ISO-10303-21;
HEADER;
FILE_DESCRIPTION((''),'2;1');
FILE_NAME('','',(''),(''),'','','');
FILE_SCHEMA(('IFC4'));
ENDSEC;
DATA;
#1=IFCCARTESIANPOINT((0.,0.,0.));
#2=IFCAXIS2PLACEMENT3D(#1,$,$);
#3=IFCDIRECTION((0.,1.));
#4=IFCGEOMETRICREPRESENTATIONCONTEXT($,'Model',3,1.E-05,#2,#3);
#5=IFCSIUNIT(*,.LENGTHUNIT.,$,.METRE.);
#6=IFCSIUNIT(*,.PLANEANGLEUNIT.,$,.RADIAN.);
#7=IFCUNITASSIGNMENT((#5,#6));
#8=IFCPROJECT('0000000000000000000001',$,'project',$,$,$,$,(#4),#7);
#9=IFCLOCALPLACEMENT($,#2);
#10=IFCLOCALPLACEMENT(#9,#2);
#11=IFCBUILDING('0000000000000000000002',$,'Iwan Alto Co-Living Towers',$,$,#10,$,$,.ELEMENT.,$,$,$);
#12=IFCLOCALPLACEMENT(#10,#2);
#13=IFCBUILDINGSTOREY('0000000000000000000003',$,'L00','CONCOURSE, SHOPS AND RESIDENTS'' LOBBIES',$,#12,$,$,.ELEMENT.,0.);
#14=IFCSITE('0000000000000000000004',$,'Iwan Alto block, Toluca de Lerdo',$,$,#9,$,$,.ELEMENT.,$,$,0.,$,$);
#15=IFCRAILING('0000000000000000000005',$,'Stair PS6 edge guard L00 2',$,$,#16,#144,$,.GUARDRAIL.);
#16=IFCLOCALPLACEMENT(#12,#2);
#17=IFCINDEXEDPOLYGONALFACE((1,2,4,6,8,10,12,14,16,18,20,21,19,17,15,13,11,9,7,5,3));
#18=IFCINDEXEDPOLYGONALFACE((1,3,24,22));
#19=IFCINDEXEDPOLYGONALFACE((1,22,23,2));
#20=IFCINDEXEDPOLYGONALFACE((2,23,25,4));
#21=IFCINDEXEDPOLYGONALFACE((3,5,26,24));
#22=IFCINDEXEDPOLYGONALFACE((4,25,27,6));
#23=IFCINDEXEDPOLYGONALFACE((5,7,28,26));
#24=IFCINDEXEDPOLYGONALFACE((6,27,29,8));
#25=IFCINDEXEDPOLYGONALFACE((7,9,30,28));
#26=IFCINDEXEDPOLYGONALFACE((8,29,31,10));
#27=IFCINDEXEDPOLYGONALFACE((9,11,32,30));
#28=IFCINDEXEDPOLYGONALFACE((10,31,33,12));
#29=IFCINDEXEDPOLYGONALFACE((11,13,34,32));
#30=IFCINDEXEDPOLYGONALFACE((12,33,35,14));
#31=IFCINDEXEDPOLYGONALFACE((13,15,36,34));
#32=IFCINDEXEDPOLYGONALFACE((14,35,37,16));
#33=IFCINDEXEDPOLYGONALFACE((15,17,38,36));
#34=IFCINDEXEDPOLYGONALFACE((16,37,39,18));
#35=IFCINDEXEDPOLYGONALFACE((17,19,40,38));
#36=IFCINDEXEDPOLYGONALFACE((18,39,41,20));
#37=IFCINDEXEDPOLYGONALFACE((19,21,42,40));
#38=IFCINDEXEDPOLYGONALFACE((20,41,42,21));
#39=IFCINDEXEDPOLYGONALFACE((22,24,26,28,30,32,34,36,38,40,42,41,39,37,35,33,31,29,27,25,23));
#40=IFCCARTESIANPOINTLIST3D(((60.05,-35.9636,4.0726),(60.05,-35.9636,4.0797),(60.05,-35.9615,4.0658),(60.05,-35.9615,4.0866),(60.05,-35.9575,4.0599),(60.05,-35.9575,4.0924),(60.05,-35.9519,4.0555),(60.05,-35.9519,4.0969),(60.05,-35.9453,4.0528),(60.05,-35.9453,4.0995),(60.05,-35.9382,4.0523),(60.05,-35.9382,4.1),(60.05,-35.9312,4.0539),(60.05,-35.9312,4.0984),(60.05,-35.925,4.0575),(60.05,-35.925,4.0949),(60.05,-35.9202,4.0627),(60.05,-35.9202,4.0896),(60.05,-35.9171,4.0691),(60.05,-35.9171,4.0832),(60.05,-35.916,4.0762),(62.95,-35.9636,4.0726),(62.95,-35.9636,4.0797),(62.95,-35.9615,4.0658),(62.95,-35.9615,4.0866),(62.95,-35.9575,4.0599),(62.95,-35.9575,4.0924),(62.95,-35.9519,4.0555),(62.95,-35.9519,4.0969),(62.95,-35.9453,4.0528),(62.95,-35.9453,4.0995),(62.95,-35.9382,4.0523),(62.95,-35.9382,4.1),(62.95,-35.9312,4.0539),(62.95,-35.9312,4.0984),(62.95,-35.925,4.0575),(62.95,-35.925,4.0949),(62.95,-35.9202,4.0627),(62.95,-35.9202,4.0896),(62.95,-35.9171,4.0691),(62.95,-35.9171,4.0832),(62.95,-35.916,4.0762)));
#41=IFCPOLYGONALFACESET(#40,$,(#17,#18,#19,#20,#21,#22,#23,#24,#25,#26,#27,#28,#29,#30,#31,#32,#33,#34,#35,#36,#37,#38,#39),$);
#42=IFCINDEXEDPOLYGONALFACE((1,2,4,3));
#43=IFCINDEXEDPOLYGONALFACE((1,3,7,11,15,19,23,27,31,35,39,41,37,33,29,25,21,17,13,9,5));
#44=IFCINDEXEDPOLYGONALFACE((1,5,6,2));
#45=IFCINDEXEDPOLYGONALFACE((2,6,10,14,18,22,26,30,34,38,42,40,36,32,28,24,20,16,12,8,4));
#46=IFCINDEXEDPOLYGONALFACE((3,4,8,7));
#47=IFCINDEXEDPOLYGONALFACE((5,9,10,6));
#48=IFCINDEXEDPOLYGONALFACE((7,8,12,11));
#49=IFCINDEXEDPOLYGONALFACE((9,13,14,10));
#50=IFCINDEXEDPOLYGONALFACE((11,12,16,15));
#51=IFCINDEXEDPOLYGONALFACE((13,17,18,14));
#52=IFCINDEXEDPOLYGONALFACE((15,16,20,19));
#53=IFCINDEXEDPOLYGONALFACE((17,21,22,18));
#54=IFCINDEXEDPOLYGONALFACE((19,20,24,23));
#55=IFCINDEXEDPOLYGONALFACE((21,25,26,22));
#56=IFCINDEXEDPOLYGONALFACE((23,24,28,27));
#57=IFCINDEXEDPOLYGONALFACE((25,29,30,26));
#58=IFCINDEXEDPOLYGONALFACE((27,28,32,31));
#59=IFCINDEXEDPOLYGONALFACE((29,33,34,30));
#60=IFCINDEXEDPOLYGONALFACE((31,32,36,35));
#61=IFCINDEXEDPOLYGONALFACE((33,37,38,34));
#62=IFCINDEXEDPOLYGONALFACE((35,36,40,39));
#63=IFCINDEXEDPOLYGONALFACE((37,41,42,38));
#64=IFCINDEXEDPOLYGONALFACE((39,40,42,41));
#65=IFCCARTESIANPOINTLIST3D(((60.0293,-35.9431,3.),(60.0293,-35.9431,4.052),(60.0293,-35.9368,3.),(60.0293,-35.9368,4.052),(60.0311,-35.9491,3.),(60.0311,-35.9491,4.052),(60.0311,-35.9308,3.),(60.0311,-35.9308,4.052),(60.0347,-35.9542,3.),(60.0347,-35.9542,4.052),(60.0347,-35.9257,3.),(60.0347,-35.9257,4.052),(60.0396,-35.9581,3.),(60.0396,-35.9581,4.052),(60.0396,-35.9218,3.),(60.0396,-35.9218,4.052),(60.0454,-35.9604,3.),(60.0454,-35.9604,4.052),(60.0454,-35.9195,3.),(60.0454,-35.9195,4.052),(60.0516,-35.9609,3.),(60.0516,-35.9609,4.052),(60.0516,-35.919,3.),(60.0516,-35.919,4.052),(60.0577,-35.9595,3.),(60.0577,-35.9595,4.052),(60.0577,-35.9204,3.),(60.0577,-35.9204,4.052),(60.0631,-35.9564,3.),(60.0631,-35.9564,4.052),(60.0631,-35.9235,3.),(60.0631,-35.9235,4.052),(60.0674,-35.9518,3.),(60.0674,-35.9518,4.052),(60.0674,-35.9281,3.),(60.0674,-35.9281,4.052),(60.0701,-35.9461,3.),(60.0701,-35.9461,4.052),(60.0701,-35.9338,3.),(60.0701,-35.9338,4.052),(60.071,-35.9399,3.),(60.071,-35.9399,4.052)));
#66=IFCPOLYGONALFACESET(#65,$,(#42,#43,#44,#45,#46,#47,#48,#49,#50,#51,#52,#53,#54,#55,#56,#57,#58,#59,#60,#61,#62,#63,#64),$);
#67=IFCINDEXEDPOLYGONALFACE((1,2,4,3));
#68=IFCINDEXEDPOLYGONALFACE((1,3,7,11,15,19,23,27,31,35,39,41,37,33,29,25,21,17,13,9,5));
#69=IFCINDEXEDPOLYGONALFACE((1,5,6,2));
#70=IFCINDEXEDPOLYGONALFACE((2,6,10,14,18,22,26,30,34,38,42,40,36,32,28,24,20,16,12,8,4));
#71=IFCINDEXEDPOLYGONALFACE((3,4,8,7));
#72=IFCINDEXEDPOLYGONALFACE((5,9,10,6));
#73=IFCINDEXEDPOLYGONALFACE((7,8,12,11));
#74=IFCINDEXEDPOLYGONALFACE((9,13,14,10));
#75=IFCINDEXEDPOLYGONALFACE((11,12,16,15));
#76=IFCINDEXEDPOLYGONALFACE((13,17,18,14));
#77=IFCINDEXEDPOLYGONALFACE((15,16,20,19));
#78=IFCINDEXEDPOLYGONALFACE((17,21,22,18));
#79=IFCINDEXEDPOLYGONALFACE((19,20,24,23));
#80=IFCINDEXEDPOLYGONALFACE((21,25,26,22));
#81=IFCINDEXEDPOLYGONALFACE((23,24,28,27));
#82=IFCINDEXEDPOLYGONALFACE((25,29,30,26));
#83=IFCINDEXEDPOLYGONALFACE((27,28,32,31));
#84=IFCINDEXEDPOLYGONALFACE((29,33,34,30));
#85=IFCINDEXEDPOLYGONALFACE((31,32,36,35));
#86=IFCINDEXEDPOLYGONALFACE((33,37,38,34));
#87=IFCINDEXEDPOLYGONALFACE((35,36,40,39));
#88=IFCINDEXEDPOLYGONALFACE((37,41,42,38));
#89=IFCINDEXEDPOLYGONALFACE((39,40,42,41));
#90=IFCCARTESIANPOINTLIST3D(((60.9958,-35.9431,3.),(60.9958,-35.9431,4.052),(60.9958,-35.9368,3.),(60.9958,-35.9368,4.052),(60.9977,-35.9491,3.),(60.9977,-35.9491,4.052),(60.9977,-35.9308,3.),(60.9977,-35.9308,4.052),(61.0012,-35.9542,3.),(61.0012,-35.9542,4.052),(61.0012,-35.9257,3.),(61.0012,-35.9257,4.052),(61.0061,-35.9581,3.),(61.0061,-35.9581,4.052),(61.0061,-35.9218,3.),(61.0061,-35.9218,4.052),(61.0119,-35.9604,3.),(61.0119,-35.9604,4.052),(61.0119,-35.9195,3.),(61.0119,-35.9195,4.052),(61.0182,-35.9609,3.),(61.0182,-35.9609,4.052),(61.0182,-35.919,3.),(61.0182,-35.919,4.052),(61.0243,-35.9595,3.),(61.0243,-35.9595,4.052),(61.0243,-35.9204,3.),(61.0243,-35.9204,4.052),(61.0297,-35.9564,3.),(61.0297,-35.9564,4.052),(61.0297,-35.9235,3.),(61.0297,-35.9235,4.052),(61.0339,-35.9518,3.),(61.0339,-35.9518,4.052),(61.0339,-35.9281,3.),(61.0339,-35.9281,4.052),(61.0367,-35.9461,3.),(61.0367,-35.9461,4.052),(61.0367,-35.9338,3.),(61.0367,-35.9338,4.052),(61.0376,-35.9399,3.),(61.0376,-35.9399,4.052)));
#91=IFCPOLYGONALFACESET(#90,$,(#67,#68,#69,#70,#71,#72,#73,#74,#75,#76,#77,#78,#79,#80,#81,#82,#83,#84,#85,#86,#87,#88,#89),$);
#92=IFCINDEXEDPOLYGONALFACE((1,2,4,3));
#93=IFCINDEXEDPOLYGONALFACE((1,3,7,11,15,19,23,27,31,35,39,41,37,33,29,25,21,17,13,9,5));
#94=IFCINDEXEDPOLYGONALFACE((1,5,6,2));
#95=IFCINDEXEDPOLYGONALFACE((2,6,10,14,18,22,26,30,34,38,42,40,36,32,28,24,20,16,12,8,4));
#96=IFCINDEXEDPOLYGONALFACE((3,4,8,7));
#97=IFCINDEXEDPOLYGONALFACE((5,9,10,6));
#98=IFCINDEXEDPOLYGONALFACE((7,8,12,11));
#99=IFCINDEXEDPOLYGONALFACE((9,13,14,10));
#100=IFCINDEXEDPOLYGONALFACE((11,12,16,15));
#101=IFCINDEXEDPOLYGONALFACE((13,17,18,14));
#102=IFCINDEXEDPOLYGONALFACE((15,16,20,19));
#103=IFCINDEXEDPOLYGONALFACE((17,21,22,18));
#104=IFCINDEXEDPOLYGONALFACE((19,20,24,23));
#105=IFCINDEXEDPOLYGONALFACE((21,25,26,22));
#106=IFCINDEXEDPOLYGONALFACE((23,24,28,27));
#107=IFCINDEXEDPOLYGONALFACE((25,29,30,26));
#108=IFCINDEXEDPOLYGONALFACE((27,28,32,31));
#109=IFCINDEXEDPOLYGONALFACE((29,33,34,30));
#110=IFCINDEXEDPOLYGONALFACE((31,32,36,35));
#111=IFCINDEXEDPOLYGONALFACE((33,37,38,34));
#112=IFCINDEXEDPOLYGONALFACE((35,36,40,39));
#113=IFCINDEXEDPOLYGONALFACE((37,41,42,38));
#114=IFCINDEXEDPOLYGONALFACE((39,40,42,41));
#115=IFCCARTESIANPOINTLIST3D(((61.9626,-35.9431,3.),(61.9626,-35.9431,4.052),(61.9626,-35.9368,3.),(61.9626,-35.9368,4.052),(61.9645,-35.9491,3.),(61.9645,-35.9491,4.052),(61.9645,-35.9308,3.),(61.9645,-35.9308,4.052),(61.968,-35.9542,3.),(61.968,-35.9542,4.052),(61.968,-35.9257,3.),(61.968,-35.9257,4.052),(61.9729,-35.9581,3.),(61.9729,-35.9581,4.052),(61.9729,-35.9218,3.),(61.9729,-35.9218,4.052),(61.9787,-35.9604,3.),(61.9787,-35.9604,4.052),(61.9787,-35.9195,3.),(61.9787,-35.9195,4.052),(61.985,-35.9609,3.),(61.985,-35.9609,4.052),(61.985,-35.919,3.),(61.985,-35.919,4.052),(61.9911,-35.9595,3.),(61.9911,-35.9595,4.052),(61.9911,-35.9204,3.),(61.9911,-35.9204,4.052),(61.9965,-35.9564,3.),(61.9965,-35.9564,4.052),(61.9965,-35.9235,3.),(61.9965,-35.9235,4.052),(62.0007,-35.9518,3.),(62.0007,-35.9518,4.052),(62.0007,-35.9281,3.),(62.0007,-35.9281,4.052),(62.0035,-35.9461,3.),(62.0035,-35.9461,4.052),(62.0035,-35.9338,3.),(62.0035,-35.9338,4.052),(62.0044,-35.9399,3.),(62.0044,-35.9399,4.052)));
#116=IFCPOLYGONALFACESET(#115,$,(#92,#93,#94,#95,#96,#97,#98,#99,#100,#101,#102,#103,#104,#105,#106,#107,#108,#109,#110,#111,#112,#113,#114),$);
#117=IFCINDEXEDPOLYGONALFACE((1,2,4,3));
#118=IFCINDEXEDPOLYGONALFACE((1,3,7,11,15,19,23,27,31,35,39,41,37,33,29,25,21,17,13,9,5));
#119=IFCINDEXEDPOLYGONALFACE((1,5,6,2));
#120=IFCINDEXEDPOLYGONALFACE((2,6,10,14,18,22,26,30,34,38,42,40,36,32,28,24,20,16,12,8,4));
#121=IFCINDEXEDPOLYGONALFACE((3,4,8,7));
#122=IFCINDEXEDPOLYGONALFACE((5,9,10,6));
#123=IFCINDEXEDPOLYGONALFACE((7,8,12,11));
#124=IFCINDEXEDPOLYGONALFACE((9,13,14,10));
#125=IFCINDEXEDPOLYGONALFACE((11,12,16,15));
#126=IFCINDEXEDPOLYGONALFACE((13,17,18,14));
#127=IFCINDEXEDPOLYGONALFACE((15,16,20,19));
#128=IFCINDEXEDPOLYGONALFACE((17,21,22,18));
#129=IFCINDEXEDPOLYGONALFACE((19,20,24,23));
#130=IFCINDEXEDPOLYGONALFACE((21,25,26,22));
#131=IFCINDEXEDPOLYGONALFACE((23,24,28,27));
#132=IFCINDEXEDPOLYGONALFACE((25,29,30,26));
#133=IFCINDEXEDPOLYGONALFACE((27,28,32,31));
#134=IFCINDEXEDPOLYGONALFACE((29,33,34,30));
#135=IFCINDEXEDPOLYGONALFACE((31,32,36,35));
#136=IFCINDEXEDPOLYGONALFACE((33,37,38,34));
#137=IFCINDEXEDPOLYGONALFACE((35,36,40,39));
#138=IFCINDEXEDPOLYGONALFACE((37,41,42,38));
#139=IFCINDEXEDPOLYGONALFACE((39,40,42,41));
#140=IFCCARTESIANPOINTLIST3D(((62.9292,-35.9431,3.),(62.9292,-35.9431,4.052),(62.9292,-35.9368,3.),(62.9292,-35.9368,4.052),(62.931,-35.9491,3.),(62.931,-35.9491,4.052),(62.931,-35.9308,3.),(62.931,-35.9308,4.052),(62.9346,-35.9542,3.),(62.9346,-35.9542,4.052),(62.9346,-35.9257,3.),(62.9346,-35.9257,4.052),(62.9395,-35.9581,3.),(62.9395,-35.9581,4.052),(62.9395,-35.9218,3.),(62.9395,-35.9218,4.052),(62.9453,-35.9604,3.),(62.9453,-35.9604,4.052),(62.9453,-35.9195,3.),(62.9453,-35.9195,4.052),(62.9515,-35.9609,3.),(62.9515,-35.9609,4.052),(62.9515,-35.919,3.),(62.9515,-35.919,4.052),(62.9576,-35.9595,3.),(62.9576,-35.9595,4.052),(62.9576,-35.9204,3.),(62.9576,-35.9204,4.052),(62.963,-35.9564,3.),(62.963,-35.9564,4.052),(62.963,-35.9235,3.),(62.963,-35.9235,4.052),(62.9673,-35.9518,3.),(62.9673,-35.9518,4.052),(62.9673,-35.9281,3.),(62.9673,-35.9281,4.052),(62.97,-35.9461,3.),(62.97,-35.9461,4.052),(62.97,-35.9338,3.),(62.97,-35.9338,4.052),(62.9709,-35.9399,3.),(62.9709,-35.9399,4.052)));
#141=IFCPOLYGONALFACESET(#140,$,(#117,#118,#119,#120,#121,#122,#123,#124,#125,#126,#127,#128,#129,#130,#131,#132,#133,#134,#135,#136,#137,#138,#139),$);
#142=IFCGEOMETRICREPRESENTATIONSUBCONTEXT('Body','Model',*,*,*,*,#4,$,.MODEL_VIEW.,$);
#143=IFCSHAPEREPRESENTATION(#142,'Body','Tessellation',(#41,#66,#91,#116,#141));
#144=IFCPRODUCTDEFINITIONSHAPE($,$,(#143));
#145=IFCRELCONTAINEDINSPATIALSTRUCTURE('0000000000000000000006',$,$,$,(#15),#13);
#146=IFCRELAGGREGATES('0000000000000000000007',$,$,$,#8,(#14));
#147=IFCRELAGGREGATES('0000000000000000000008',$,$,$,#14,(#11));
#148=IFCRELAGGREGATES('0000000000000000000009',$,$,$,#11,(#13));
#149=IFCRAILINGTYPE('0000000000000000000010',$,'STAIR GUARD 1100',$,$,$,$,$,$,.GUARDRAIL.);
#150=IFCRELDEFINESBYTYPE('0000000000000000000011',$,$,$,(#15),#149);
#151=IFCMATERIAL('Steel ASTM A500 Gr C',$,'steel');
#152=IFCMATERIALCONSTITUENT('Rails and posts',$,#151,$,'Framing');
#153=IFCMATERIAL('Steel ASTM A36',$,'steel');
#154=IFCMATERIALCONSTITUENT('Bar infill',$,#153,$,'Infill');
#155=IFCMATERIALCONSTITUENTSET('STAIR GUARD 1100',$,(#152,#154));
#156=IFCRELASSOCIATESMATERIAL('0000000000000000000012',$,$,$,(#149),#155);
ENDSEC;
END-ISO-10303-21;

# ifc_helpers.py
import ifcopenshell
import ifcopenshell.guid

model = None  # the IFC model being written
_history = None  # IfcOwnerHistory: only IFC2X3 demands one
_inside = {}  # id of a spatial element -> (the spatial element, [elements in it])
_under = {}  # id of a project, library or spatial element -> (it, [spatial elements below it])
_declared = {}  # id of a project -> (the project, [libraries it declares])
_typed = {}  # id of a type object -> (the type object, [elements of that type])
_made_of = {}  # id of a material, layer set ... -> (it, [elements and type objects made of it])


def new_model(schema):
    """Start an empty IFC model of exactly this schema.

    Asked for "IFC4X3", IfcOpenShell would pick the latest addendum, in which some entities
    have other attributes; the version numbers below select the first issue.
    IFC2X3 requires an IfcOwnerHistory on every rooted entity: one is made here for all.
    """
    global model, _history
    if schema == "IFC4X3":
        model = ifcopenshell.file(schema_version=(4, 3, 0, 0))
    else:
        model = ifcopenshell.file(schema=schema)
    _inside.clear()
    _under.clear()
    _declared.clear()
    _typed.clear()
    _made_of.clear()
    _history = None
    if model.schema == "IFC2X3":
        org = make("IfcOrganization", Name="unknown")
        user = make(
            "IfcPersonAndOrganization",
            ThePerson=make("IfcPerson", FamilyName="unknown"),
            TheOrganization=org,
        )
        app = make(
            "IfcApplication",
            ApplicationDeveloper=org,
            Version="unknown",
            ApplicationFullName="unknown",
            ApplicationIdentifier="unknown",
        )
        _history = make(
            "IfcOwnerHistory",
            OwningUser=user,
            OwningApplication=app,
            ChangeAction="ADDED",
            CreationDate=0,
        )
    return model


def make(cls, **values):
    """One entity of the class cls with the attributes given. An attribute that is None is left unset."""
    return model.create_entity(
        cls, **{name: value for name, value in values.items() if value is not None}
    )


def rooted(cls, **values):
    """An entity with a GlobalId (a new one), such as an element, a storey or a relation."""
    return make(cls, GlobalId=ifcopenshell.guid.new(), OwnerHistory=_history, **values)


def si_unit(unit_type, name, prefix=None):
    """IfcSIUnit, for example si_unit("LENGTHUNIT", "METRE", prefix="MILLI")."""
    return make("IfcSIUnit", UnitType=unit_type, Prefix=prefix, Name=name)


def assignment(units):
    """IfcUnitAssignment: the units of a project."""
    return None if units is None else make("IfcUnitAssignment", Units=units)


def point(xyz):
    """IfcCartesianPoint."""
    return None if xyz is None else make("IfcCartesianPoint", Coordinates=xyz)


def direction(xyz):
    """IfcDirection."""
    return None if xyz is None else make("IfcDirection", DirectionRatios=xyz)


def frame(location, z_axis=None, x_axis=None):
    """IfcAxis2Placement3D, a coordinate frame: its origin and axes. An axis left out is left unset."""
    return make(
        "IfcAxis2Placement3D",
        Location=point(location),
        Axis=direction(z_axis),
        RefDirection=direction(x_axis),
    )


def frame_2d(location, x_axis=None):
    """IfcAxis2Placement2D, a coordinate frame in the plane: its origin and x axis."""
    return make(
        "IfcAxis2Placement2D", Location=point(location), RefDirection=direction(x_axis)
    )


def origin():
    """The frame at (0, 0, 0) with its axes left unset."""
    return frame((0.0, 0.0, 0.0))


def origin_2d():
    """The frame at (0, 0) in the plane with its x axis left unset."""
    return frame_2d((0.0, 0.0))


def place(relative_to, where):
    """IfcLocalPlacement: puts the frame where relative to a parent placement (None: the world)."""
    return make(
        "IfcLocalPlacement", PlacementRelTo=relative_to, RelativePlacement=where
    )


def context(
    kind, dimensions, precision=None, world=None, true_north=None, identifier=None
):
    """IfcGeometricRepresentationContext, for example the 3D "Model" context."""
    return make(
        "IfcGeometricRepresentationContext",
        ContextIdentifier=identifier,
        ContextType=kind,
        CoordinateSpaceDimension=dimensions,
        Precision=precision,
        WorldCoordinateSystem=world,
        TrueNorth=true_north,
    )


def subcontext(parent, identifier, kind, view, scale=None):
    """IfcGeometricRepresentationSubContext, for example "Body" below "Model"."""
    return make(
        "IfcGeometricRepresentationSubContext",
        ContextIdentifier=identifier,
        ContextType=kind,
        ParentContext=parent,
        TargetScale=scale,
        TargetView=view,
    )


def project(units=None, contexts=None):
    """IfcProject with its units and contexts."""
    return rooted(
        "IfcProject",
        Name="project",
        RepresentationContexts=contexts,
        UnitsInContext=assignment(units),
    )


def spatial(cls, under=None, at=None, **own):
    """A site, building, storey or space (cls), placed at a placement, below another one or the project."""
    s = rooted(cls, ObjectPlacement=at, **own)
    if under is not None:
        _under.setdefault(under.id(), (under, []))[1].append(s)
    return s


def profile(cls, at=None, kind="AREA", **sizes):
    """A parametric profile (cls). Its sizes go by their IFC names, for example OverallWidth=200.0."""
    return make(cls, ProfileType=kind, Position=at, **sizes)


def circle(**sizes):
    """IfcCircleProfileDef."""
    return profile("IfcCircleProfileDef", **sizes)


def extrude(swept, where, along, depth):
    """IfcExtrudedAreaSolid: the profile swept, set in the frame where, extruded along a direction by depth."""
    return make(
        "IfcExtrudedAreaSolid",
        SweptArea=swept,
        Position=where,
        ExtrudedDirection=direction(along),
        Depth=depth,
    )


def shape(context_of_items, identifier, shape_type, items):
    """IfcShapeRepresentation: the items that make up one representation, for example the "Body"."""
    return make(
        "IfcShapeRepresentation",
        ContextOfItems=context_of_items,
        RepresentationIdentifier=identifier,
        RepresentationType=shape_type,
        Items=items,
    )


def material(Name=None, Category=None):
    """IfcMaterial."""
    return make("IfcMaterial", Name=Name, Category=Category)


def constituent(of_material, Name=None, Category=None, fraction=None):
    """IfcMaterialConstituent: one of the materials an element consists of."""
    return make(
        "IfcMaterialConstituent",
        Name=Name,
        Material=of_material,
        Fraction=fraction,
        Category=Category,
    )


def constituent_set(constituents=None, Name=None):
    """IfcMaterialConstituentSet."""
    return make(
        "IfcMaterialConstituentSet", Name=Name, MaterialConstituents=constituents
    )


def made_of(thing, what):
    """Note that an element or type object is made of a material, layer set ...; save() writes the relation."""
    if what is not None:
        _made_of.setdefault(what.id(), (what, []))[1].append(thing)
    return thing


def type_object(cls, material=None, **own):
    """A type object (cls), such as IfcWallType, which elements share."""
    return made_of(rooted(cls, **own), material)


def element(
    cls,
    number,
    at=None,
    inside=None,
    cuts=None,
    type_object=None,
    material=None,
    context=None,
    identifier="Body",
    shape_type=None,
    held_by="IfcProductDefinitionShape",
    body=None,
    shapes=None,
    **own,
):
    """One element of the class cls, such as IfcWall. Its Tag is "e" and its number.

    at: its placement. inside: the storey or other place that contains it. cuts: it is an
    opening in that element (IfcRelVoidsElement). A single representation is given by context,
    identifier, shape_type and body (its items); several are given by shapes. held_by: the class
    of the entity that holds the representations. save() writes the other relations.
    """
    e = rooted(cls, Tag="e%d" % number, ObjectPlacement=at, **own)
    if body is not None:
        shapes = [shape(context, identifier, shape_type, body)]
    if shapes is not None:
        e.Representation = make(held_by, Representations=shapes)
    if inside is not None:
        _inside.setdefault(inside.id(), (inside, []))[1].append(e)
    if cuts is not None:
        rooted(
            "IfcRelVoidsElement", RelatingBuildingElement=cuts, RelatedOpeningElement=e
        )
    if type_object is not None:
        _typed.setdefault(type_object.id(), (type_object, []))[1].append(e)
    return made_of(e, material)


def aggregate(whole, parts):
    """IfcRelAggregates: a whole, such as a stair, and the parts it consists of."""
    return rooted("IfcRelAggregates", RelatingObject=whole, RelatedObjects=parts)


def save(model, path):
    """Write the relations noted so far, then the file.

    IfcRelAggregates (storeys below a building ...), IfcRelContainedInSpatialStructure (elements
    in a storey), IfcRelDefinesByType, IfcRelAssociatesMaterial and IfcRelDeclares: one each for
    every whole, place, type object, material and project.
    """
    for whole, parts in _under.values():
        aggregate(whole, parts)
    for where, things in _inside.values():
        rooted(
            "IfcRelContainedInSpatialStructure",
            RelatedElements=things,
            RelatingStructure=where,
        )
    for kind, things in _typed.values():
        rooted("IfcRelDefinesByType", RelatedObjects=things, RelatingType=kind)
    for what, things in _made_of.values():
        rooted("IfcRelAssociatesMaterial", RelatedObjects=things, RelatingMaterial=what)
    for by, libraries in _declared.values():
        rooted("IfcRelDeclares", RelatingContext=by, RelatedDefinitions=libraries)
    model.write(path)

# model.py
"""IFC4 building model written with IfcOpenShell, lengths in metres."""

from ifc_helpers import new_model, si_unit, direction, frame, origin, origin_2d, place, context, subcontext, project, spatial, circle, extrude, material, constituent, constituent_set, type_object, element, save


model = new_model("IFC4")

# Units and contexts
model_context = context("Model", 3, precision=1e-05, world=origin(), true_north=direction((0.0, 1.0)))
body_context = subcontext(model_context, "Body", "Model", "MODEL_VIEW")
ifc_project = project(units=[si_unit("LENGTHUNIT", "METRE"), si_unit("PLANEANGLEUNIT", "RADIAN")], contexts=[model_context])

# Site, building, storey
site_placement = place(None, origin())
site = spatial("IfcSite", under=ifc_project, at=site_placement, Name="Iwan Alto block, Toluca de Lerdo", CompositionType="ELEMENT", RefElevation=0.0)
building_placement = place(site_placement, origin())
building = spatial("IfcBuilding", under=site, at=building_placement, Name="Iwan Alto Co-Living Towers", CompositionType="ELEMENT")
storey_placement = place(building_placement, origin())
storey = spatial("IfcBuildingStorey", under=building, at=storey_placement, Name="L00", Description="CONCOURSE, SHOPS AND RESIDENTS' LOBBIES", CompositionType="ELEMENT", Elevation=0.0)

# Shared definitions
ifc_material_1 = material(Name="Steel ASTM A36", Category="steel")

# Railing
ifc_material_2 = material(Name="Steel ASTM A500 Gr C", Category="steel")
ifc_constituent_1 = constituent(ifc_material_2, Name="Rails and posts", Category="Framing")
ifc_constituent_2 = constituent(ifc_material_1, Name="Bar infill", Category="Infill")
ifc_constituent_set_1 = constituent_set(constituents=[ifc_constituent_1, ifc_constituent_2], Name="STAIR GUARD 1100")
railing_type_1 = type_object("IfcRailingType", Name="STAIR GUARD 1100", PredefinedType="GUARDRAIL", material=ifc_constituent_set_1)
railing_1_placement = place(storey_placement, frame((60.05, -35.9399, 3.0)))
element("IfcRailing", 1, at=railing_1_placement, inside=storey, type_object=railing_type_1, Name="Stair PS6 edge guard L00 2", PredefinedType="GUARDRAIL", context=body_context, shape_type="SweptSolid", body=[
    extrude(circle(Radius=0.0239, at=origin_2d()), frame((0.0, 0.0, 1.0762), z_axis=(1.0, 0.0, 0.0), x_axis=(0.0, 1.0, 0.0)), (0.0, 0.0, 1.0), 2.8999),
    extrude(circle(Radius=0.021, at=origin_2d()), origin(), (0.0, 0.0, 1.0), 1.052),
    extrude(circle(Radius=0.021, at=origin_2d()), frame((0.9666, 0.0, 0.0)), (0.0, 0.0, 1.0), 1.052),
    extrude(circle(Radius=0.021, at=origin_2d()), frame((1.9333, 0.0, 0.0)), (0.0, 0.0, 1.0), 1.052),
    extrude(circle(Radius=0.021, at=origin_2d()), frame((2.8999, 0.0, 0.0)), (0.0, 0.0, 1.0), 1.052),
])

save(model, "model.ifc")
